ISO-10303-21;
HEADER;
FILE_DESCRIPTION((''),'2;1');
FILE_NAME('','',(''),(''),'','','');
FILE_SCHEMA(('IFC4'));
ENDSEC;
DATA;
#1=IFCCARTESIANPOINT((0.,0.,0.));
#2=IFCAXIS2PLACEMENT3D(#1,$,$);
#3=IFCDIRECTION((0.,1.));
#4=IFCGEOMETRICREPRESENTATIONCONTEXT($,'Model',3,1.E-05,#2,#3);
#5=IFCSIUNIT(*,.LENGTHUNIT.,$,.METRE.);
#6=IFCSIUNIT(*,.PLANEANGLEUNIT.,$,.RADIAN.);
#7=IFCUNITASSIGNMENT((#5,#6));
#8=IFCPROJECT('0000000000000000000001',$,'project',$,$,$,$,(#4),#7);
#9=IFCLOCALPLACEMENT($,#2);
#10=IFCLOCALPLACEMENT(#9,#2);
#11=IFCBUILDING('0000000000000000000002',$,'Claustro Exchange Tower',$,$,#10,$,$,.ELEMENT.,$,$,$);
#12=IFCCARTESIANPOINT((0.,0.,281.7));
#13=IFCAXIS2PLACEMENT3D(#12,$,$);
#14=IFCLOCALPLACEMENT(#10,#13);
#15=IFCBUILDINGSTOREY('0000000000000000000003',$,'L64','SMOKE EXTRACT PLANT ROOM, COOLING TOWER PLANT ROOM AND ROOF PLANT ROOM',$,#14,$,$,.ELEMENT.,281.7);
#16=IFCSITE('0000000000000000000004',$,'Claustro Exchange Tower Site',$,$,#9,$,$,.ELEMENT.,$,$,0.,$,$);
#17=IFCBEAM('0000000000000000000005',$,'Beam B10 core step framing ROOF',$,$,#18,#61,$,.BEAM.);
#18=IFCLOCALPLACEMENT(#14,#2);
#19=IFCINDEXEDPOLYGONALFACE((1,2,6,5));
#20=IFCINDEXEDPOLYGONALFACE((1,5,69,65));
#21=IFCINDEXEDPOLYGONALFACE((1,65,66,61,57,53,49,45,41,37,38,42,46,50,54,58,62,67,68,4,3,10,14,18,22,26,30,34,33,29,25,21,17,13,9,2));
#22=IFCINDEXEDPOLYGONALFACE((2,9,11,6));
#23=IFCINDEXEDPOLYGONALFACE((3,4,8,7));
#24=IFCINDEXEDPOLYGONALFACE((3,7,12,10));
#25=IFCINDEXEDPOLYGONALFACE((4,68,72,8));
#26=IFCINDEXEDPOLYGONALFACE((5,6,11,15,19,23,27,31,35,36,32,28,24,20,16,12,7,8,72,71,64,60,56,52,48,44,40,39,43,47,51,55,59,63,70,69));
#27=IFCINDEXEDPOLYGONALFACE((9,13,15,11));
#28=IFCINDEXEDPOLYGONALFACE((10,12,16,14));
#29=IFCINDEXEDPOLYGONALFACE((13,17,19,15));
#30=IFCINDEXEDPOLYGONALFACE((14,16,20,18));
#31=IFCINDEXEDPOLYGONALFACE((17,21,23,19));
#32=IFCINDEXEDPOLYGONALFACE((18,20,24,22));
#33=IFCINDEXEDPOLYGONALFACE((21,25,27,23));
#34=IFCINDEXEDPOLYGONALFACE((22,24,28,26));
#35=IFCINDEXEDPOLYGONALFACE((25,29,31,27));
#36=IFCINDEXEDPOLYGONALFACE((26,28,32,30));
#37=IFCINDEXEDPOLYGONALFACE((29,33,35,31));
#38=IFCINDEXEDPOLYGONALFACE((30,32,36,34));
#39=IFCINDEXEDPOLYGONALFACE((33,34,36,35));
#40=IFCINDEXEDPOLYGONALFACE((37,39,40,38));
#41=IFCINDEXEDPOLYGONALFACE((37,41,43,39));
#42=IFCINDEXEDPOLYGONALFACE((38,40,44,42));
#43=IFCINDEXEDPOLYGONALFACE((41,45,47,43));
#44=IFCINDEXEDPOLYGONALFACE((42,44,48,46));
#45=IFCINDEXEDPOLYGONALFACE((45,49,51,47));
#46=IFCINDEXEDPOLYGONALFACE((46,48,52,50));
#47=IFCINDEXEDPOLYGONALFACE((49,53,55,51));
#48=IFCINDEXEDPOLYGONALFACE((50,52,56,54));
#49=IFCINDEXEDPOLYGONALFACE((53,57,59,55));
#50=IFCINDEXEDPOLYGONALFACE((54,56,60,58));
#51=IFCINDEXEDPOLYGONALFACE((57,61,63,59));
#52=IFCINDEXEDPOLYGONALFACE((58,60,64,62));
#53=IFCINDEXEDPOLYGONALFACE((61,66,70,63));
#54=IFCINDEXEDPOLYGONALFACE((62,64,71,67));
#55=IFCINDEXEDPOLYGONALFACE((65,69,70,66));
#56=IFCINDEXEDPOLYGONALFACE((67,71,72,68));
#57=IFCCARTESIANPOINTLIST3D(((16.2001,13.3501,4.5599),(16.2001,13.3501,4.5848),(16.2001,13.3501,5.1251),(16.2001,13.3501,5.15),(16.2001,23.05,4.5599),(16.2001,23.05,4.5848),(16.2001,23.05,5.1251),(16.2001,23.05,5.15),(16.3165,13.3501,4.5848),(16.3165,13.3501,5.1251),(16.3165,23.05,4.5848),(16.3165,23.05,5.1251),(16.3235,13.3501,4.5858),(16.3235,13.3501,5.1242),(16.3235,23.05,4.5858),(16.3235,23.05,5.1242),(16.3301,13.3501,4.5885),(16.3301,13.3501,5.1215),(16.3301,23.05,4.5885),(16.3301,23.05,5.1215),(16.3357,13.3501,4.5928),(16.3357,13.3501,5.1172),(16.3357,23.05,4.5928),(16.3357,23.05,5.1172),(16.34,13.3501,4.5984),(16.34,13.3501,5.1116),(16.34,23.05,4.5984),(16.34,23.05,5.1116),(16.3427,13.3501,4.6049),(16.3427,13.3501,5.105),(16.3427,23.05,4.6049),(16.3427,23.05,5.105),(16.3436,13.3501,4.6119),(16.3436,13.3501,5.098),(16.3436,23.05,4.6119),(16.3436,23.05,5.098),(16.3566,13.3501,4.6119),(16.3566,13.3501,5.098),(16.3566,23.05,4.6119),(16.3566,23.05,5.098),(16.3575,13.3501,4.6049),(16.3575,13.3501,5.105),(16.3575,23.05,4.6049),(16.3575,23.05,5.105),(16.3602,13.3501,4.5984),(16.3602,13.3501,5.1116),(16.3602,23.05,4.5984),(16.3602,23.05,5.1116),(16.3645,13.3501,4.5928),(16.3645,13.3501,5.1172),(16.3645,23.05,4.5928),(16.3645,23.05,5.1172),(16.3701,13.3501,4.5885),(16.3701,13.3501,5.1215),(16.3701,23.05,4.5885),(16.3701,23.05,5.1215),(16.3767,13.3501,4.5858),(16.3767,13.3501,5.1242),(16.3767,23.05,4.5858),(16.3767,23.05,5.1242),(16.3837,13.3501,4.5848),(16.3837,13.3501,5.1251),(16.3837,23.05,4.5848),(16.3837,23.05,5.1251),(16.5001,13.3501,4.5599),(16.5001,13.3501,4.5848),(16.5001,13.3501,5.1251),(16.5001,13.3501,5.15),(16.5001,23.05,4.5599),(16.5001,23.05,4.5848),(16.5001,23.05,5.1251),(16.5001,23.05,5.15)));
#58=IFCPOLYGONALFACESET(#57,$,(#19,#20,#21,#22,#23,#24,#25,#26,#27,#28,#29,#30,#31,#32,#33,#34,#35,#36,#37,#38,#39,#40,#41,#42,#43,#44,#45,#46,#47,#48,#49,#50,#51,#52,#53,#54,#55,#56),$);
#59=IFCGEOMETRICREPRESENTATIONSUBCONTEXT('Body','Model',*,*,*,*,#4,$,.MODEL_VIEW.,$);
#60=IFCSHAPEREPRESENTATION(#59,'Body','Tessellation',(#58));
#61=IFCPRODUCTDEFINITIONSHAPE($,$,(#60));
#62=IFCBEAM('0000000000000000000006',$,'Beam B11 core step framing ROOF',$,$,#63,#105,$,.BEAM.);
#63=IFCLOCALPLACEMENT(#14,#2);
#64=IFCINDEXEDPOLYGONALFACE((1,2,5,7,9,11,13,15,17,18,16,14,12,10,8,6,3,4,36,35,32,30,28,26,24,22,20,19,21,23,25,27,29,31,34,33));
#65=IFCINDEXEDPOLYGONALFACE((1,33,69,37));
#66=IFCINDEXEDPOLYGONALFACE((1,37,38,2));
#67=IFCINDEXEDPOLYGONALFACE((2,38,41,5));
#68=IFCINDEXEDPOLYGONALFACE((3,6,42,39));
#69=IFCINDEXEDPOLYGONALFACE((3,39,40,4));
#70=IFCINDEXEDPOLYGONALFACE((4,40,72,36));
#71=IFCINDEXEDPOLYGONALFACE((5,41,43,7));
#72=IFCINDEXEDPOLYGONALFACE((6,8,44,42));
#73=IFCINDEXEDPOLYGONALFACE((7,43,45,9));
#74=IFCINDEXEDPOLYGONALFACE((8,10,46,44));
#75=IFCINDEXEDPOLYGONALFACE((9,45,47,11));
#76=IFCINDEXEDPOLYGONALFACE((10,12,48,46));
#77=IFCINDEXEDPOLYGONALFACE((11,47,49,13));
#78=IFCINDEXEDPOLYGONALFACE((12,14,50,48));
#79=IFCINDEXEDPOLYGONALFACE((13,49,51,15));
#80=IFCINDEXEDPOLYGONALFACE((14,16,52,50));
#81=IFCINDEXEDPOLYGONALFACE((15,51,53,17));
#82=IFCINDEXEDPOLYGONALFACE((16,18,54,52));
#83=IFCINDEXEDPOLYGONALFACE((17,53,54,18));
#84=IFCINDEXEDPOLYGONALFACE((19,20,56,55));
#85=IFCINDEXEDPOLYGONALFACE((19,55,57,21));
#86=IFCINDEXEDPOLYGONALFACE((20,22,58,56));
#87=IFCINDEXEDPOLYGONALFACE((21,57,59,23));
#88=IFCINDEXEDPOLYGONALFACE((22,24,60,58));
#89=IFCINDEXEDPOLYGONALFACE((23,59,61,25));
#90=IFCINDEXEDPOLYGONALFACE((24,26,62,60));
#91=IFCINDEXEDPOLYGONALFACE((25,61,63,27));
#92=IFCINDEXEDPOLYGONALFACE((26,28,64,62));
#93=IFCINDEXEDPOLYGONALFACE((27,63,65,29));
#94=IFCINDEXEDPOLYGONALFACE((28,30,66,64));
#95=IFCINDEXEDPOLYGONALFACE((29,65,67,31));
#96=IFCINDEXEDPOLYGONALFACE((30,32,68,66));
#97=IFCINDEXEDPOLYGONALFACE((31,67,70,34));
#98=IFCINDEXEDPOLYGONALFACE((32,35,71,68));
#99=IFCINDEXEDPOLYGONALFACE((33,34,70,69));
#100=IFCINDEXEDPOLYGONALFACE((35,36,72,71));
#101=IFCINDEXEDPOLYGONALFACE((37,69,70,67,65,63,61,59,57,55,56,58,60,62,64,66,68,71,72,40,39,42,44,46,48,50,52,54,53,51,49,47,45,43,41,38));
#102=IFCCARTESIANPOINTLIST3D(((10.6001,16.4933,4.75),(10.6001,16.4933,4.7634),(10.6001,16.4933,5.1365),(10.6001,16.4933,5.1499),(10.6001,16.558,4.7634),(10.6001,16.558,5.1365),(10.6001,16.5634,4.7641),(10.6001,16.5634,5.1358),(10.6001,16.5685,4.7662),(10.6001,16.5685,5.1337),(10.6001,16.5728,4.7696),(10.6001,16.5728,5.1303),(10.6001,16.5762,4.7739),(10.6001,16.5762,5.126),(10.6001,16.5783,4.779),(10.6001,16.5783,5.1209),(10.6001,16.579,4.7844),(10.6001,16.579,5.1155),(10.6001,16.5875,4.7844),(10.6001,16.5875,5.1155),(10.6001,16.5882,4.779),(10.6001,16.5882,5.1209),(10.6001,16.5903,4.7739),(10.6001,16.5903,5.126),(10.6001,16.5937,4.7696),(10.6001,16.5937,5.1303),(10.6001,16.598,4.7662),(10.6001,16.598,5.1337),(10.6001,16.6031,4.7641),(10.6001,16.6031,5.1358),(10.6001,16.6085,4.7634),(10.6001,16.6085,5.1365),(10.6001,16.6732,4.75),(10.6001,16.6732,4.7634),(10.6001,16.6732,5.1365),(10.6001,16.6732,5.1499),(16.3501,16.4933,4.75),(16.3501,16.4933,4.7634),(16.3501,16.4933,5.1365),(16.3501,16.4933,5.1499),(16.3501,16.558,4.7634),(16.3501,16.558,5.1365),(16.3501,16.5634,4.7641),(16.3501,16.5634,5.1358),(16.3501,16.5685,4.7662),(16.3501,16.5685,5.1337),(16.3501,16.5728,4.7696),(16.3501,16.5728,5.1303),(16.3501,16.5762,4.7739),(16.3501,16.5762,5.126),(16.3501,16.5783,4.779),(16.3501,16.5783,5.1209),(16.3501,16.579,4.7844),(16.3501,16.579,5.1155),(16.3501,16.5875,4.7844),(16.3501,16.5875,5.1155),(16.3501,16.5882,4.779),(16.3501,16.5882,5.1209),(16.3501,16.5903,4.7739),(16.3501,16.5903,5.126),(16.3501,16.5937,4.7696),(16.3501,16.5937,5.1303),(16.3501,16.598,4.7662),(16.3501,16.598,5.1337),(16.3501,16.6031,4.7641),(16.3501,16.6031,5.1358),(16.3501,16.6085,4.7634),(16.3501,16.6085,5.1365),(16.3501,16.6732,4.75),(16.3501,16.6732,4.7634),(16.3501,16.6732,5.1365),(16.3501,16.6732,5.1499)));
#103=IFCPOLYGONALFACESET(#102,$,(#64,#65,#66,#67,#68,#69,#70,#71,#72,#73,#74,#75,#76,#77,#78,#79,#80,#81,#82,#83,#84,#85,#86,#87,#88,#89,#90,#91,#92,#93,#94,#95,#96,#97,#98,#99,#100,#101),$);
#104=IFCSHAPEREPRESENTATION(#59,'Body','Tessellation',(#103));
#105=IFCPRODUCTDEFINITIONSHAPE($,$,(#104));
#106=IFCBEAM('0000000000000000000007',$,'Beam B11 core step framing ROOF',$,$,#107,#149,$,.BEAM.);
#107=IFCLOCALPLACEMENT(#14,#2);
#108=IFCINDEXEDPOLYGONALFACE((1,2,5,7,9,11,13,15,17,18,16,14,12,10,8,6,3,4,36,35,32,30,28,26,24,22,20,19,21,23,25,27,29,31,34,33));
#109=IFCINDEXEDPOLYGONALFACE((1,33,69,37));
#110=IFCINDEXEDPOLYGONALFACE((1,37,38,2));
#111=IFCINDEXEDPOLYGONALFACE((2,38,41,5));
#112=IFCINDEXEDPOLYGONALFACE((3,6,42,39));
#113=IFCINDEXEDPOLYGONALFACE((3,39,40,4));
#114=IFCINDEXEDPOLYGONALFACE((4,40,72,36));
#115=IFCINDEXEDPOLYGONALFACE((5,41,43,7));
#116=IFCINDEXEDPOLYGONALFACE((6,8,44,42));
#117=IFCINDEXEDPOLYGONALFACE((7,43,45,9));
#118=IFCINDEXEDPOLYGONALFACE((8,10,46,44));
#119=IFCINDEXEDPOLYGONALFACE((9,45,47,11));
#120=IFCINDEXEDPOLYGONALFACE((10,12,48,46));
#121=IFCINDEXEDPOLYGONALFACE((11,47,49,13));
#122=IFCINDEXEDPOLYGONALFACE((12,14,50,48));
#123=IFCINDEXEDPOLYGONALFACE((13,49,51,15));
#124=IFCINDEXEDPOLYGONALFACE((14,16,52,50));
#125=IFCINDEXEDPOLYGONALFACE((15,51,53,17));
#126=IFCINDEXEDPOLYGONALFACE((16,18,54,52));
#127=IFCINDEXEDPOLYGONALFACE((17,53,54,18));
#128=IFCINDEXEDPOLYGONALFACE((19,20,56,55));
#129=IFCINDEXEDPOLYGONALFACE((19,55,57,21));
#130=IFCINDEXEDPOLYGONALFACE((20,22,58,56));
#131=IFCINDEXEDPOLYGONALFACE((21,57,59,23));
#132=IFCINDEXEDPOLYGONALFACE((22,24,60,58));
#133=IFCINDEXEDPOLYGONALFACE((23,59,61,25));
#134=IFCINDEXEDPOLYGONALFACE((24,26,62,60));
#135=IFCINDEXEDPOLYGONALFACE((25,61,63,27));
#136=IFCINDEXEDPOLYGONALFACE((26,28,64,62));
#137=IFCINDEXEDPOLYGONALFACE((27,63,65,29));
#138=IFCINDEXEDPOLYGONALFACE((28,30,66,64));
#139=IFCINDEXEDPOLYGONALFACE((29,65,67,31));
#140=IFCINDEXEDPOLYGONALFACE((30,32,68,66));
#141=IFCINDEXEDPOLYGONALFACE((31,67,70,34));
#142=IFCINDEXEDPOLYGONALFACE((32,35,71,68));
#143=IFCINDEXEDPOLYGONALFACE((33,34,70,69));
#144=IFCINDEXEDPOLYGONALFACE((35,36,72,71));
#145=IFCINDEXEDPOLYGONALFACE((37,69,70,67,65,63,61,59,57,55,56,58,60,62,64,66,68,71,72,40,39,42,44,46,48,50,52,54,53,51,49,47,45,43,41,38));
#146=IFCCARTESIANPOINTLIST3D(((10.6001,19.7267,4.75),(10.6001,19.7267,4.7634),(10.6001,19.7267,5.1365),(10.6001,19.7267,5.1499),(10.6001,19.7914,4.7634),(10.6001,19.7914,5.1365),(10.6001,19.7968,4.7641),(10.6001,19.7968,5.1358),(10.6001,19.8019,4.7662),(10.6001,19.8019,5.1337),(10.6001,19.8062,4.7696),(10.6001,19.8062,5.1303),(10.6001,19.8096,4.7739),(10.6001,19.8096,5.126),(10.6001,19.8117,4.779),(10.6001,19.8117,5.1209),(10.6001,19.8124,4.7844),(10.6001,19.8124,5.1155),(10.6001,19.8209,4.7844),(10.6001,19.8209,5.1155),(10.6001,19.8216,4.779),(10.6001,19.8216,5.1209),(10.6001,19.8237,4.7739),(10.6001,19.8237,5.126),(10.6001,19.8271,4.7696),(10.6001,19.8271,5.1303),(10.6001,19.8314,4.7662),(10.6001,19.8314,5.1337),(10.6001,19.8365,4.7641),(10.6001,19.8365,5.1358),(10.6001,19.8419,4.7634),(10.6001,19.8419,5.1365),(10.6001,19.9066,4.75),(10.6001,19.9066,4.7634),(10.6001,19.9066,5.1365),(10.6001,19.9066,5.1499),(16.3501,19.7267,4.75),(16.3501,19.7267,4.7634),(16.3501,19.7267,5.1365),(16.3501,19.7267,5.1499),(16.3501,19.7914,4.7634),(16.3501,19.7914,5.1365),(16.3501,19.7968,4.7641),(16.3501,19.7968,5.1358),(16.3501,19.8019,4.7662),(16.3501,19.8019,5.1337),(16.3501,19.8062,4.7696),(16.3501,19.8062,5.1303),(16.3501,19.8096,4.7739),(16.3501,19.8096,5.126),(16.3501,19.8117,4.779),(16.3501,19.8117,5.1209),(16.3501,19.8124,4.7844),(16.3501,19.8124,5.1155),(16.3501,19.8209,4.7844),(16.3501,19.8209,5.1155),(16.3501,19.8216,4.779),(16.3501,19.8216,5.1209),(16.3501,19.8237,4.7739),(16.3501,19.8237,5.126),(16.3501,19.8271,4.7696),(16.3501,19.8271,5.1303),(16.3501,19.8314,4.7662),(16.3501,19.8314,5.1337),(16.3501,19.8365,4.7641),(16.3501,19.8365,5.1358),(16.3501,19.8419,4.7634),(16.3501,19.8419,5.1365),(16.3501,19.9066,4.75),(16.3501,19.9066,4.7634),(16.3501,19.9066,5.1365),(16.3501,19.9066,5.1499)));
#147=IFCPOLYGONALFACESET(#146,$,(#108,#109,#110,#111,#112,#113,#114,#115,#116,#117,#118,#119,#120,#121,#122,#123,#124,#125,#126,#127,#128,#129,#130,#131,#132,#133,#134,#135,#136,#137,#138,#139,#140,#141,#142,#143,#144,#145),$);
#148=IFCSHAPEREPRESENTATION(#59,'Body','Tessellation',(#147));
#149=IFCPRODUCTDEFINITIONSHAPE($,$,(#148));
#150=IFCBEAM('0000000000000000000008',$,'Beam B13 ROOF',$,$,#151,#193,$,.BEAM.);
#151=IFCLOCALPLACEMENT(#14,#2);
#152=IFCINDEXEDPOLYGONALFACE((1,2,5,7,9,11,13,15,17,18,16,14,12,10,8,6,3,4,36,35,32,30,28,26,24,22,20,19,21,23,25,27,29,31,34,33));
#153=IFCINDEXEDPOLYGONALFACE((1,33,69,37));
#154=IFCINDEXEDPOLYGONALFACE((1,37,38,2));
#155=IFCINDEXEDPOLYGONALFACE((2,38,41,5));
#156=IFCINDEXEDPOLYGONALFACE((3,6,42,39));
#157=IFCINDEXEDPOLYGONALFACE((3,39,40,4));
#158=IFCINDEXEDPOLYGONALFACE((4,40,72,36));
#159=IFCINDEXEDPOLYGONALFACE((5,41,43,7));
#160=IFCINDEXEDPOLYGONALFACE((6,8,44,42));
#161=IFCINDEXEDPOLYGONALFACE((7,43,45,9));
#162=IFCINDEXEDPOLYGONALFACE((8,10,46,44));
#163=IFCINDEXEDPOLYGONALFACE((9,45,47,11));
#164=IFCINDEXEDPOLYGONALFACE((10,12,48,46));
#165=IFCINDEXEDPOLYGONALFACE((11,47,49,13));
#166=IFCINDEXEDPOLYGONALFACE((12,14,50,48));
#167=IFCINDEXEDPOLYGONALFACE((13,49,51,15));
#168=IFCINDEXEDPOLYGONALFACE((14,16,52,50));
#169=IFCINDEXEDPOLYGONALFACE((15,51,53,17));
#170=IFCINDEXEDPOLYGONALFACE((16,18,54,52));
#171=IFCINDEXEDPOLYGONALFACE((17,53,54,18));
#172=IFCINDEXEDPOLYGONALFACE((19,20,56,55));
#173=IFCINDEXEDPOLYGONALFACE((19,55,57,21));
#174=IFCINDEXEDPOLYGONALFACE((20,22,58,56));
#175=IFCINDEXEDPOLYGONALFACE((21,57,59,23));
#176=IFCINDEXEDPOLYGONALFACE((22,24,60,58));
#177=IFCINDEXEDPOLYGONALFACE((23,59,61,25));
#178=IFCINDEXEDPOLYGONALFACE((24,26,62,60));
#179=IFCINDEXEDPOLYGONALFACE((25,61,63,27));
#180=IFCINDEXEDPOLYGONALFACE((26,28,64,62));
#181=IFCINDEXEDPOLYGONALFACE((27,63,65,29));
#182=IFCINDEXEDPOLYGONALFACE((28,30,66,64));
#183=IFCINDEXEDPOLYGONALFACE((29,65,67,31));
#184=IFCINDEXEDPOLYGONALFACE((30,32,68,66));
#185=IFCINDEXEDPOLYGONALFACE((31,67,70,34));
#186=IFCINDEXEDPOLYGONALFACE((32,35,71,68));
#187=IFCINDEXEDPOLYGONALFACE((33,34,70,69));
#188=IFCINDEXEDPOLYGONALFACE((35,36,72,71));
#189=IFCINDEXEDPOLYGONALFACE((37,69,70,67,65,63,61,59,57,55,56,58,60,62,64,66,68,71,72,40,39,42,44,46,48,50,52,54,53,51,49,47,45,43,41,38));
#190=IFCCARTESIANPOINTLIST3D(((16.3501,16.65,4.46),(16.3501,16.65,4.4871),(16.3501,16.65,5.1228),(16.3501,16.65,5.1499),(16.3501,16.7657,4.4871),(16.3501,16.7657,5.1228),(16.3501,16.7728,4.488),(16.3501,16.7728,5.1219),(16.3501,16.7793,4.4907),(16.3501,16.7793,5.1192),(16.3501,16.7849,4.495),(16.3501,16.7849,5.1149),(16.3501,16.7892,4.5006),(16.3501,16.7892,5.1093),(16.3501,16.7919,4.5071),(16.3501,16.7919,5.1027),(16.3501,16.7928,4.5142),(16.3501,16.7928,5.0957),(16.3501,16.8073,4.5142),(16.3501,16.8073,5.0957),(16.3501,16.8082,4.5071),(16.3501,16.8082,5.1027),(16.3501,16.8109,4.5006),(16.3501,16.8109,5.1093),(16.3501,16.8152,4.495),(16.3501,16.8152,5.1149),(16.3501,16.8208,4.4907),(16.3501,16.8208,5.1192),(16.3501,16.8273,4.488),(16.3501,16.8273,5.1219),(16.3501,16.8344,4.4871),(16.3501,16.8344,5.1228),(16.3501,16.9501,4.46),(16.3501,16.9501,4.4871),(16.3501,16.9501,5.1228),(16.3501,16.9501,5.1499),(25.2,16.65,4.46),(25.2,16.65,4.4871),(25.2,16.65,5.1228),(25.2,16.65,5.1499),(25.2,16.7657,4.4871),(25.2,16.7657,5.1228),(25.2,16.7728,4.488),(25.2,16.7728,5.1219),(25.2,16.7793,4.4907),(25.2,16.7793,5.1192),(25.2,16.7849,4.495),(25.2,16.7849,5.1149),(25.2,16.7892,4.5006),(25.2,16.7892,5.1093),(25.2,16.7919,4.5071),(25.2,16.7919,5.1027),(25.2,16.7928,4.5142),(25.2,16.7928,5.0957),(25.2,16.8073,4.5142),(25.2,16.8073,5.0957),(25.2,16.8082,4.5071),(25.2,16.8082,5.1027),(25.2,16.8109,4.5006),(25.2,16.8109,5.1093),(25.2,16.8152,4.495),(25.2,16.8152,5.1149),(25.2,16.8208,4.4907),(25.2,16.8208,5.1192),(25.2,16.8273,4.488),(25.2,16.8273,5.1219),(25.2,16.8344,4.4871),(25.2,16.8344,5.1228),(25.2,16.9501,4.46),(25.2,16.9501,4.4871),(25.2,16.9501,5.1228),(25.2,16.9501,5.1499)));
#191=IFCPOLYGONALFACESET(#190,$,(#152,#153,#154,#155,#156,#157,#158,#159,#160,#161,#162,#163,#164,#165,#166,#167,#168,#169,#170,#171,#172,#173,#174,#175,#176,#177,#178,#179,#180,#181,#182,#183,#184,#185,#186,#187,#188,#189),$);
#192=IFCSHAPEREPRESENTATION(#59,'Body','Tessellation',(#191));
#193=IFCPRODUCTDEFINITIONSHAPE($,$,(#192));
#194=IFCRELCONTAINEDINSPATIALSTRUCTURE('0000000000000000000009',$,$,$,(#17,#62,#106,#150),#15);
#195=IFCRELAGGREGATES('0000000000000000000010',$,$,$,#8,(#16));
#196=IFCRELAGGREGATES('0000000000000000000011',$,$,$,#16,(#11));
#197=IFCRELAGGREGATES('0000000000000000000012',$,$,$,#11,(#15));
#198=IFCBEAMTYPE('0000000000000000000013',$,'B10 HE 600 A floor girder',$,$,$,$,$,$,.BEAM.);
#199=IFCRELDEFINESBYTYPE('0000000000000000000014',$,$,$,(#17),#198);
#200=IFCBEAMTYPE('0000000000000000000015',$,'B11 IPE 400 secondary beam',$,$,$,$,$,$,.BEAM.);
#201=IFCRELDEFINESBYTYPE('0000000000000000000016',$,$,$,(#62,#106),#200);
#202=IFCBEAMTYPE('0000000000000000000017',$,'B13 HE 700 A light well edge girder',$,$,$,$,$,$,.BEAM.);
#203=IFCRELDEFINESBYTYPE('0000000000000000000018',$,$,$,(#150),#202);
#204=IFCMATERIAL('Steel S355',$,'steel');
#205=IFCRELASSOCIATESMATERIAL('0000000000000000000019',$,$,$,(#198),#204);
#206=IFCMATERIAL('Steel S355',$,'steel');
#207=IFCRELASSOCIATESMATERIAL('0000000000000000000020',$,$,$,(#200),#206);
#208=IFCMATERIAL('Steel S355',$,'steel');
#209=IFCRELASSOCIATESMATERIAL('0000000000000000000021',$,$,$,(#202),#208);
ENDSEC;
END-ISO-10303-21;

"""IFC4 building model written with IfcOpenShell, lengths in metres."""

from ifc_helpers import new_model, si_unit, direction, frame, origin, origin_2d, place, context, subcontext, project, spatial, i_section, extrude, material, material_profile, profile_set, type_object, element, save


model = new_model("IFC4")

# Units and contexts
model_context = context("Model", 3, precision=1e-05, world=origin(), true_north=direction((0.0, 1.0)))
body_context = subcontext(model_context, "Body", "Model", "MODEL_VIEW")
ifc_project = project(units=[si_unit("LENGTHUNIT", "METRE"), si_unit("PLANEANGLEUNIT", "RADIAN")], contexts=[model_context])

# Site, building, storey
site_placement = place(None, origin())
site = spatial("IfcSite", under=ifc_project, at=site_placement, Name="Claustro Exchange Tower Site", CompositionType="ELEMENT", RefElevation=0.0)
building_placement = place(site_placement, origin())
building = spatial("IfcBuilding", under=site, at=building_placement, Name="Claustro Exchange Tower", CompositionType="ELEMENT")
storey_placement = place(building_placement, frame((0.0, 0.0, 281.7)))
storey = spatial("IfcBuildingStorey", under=building, at=storey_placement, Name="L64", Description="SMOKE EXTRACT PLANT ROOM, COOLING TOWER PLANT ROOM AND ROOF PLANT ROOM", CompositionType="ELEMENT", Elevation=281.7)

# Beams
ifc_material_1 = material(Name="Steel S355", Category="steel")
ifc_material_profile_1 = material_profile(ifc_material_1, i_section(OverallWidth=0.3, OverallDepth=0.5901, WebThickness=0.0129, FlangeThickness=0.0249, FilletRadius=0.0271, at=origin_2d()), Name="HE 600 A")
ifc_profile_set_1 = profile_set([ifc_material_profile_1], Name="Steel S355")
beam_type_1 = type_object("IfcBeamType", Name="B10 HE 600 A floor girder", PredefinedType="BEAM", material=ifc_profile_set_1)
beam_1_placement = place(storey_placement, frame((16.3501, 13.3501, 4.855), z_axis=(0.0, 1.0, 0.0), x_axis=(-1.0, 0.0, 0.0)))
element("IfcBeam", 1, at=beam_1_placement, inside=storey, type_object=beam_type_1, Name="Beam B10 core step framing ROOF", PredefinedType="BEAM", context=body_context, shape_type="SweptSolid", body=[
    extrude(i_section(OverallWidth=0.3, OverallDepth=0.5901, WebThickness=0.0129, FlangeThickness=0.0249, FilletRadius=0.0271, at=origin_2d()), origin(), (0.0, 0.0, 1.0), 9.7),
])
ifc_material_2 = material(Name="Steel S355", Category="steel")
ifc_material_profile_2 = material_profile(ifc_material_2, i_section(OverallWidth=0.1799, OverallDepth=0.3999, WebThickness=0.0085, FlangeThickness=0.0134, FilletRadius=0.021, at=origin_2d()), Name="IPE 400")
ifc_profile_set_2 = profile_set([ifc_material_profile_2], Name="Steel S355")
beam_type_2 = type_object("IfcBeamType", Name="B11 IPE 400 secondary beam", PredefinedType="BEAM", material=ifc_profile_set_2)
for number, where, z_axis, x_axis, name in (
    (2, (10.6001, 16.5833, 4.95), (1.0, 0.0, 0.0), (0.0, 1.0, 0.0), "Beam B11 core step framing ROOF"),
    (3, (10.6001, 19.8167, 4.95), (1.0, 0.0, 0.0), (0.0, 1.0, 0.0), "Beam B11 core step framing ROOF"),
):
    element("IfcBeam", number, at=place(storey_placement, frame(where, z_axis=z_axis, x_axis=x_axis)), inside=storey, type_object=beam_type_2, Name=name, PredefinedType="BEAM", context=body_context, shape_type="SweptSolid", body=[
        extrude(i_section(OverallWidth=0.1799, OverallDepth=0.3999, WebThickness=0.0085, FlangeThickness=0.0134, FilletRadius=0.021, at=origin_2d()), origin(), (0.0, 0.0, 1.0), 5.75),
    ])
ifc_material_3 = material(Name="Steel S355", Category="steel")
ifc_material_profile_3 = material_profile(ifc_material_3, i_section(OverallWidth=0.3, OverallDepth=0.6899, WebThickness=0.0144, FlangeThickness=0.0271, FilletRadius=0.0271, at=origin_2d()), Name="HE 700 A")
ifc_profile_set_3 = profile_set([ifc_material_profile_3], Name="Steel S355")
beam_type_3 = type_object("IfcBeamType", Name="B13 HE 700 A light well edge girder", PredefinedType="BEAM", material=ifc_profile_set_3)
beam_2_placement = place(storey_placement, frame((16.3501, 16.8, 4.8049), z_axis=(1.0, 0.0, 0.0), x_axis=(0.0, 1.0, 0.0)))
element("IfcBeam", 4, at=beam_2_placement, inside=storey, type_object=beam_type_3, Name="Beam B13 ROOF", PredefinedType="BEAM", context=body_context, shape_type="SweptSolid", body=[
    extrude(i_section(OverallWidth=0.3, OverallDepth=0.6899, WebThickness=0.0144, FlangeThickness=0.0271, FilletRadius=0.0271, at=origin_2d()), origin(), (0.0, 0.0, 1.0), 8.8499),
])

save(model, "model.ifc")
